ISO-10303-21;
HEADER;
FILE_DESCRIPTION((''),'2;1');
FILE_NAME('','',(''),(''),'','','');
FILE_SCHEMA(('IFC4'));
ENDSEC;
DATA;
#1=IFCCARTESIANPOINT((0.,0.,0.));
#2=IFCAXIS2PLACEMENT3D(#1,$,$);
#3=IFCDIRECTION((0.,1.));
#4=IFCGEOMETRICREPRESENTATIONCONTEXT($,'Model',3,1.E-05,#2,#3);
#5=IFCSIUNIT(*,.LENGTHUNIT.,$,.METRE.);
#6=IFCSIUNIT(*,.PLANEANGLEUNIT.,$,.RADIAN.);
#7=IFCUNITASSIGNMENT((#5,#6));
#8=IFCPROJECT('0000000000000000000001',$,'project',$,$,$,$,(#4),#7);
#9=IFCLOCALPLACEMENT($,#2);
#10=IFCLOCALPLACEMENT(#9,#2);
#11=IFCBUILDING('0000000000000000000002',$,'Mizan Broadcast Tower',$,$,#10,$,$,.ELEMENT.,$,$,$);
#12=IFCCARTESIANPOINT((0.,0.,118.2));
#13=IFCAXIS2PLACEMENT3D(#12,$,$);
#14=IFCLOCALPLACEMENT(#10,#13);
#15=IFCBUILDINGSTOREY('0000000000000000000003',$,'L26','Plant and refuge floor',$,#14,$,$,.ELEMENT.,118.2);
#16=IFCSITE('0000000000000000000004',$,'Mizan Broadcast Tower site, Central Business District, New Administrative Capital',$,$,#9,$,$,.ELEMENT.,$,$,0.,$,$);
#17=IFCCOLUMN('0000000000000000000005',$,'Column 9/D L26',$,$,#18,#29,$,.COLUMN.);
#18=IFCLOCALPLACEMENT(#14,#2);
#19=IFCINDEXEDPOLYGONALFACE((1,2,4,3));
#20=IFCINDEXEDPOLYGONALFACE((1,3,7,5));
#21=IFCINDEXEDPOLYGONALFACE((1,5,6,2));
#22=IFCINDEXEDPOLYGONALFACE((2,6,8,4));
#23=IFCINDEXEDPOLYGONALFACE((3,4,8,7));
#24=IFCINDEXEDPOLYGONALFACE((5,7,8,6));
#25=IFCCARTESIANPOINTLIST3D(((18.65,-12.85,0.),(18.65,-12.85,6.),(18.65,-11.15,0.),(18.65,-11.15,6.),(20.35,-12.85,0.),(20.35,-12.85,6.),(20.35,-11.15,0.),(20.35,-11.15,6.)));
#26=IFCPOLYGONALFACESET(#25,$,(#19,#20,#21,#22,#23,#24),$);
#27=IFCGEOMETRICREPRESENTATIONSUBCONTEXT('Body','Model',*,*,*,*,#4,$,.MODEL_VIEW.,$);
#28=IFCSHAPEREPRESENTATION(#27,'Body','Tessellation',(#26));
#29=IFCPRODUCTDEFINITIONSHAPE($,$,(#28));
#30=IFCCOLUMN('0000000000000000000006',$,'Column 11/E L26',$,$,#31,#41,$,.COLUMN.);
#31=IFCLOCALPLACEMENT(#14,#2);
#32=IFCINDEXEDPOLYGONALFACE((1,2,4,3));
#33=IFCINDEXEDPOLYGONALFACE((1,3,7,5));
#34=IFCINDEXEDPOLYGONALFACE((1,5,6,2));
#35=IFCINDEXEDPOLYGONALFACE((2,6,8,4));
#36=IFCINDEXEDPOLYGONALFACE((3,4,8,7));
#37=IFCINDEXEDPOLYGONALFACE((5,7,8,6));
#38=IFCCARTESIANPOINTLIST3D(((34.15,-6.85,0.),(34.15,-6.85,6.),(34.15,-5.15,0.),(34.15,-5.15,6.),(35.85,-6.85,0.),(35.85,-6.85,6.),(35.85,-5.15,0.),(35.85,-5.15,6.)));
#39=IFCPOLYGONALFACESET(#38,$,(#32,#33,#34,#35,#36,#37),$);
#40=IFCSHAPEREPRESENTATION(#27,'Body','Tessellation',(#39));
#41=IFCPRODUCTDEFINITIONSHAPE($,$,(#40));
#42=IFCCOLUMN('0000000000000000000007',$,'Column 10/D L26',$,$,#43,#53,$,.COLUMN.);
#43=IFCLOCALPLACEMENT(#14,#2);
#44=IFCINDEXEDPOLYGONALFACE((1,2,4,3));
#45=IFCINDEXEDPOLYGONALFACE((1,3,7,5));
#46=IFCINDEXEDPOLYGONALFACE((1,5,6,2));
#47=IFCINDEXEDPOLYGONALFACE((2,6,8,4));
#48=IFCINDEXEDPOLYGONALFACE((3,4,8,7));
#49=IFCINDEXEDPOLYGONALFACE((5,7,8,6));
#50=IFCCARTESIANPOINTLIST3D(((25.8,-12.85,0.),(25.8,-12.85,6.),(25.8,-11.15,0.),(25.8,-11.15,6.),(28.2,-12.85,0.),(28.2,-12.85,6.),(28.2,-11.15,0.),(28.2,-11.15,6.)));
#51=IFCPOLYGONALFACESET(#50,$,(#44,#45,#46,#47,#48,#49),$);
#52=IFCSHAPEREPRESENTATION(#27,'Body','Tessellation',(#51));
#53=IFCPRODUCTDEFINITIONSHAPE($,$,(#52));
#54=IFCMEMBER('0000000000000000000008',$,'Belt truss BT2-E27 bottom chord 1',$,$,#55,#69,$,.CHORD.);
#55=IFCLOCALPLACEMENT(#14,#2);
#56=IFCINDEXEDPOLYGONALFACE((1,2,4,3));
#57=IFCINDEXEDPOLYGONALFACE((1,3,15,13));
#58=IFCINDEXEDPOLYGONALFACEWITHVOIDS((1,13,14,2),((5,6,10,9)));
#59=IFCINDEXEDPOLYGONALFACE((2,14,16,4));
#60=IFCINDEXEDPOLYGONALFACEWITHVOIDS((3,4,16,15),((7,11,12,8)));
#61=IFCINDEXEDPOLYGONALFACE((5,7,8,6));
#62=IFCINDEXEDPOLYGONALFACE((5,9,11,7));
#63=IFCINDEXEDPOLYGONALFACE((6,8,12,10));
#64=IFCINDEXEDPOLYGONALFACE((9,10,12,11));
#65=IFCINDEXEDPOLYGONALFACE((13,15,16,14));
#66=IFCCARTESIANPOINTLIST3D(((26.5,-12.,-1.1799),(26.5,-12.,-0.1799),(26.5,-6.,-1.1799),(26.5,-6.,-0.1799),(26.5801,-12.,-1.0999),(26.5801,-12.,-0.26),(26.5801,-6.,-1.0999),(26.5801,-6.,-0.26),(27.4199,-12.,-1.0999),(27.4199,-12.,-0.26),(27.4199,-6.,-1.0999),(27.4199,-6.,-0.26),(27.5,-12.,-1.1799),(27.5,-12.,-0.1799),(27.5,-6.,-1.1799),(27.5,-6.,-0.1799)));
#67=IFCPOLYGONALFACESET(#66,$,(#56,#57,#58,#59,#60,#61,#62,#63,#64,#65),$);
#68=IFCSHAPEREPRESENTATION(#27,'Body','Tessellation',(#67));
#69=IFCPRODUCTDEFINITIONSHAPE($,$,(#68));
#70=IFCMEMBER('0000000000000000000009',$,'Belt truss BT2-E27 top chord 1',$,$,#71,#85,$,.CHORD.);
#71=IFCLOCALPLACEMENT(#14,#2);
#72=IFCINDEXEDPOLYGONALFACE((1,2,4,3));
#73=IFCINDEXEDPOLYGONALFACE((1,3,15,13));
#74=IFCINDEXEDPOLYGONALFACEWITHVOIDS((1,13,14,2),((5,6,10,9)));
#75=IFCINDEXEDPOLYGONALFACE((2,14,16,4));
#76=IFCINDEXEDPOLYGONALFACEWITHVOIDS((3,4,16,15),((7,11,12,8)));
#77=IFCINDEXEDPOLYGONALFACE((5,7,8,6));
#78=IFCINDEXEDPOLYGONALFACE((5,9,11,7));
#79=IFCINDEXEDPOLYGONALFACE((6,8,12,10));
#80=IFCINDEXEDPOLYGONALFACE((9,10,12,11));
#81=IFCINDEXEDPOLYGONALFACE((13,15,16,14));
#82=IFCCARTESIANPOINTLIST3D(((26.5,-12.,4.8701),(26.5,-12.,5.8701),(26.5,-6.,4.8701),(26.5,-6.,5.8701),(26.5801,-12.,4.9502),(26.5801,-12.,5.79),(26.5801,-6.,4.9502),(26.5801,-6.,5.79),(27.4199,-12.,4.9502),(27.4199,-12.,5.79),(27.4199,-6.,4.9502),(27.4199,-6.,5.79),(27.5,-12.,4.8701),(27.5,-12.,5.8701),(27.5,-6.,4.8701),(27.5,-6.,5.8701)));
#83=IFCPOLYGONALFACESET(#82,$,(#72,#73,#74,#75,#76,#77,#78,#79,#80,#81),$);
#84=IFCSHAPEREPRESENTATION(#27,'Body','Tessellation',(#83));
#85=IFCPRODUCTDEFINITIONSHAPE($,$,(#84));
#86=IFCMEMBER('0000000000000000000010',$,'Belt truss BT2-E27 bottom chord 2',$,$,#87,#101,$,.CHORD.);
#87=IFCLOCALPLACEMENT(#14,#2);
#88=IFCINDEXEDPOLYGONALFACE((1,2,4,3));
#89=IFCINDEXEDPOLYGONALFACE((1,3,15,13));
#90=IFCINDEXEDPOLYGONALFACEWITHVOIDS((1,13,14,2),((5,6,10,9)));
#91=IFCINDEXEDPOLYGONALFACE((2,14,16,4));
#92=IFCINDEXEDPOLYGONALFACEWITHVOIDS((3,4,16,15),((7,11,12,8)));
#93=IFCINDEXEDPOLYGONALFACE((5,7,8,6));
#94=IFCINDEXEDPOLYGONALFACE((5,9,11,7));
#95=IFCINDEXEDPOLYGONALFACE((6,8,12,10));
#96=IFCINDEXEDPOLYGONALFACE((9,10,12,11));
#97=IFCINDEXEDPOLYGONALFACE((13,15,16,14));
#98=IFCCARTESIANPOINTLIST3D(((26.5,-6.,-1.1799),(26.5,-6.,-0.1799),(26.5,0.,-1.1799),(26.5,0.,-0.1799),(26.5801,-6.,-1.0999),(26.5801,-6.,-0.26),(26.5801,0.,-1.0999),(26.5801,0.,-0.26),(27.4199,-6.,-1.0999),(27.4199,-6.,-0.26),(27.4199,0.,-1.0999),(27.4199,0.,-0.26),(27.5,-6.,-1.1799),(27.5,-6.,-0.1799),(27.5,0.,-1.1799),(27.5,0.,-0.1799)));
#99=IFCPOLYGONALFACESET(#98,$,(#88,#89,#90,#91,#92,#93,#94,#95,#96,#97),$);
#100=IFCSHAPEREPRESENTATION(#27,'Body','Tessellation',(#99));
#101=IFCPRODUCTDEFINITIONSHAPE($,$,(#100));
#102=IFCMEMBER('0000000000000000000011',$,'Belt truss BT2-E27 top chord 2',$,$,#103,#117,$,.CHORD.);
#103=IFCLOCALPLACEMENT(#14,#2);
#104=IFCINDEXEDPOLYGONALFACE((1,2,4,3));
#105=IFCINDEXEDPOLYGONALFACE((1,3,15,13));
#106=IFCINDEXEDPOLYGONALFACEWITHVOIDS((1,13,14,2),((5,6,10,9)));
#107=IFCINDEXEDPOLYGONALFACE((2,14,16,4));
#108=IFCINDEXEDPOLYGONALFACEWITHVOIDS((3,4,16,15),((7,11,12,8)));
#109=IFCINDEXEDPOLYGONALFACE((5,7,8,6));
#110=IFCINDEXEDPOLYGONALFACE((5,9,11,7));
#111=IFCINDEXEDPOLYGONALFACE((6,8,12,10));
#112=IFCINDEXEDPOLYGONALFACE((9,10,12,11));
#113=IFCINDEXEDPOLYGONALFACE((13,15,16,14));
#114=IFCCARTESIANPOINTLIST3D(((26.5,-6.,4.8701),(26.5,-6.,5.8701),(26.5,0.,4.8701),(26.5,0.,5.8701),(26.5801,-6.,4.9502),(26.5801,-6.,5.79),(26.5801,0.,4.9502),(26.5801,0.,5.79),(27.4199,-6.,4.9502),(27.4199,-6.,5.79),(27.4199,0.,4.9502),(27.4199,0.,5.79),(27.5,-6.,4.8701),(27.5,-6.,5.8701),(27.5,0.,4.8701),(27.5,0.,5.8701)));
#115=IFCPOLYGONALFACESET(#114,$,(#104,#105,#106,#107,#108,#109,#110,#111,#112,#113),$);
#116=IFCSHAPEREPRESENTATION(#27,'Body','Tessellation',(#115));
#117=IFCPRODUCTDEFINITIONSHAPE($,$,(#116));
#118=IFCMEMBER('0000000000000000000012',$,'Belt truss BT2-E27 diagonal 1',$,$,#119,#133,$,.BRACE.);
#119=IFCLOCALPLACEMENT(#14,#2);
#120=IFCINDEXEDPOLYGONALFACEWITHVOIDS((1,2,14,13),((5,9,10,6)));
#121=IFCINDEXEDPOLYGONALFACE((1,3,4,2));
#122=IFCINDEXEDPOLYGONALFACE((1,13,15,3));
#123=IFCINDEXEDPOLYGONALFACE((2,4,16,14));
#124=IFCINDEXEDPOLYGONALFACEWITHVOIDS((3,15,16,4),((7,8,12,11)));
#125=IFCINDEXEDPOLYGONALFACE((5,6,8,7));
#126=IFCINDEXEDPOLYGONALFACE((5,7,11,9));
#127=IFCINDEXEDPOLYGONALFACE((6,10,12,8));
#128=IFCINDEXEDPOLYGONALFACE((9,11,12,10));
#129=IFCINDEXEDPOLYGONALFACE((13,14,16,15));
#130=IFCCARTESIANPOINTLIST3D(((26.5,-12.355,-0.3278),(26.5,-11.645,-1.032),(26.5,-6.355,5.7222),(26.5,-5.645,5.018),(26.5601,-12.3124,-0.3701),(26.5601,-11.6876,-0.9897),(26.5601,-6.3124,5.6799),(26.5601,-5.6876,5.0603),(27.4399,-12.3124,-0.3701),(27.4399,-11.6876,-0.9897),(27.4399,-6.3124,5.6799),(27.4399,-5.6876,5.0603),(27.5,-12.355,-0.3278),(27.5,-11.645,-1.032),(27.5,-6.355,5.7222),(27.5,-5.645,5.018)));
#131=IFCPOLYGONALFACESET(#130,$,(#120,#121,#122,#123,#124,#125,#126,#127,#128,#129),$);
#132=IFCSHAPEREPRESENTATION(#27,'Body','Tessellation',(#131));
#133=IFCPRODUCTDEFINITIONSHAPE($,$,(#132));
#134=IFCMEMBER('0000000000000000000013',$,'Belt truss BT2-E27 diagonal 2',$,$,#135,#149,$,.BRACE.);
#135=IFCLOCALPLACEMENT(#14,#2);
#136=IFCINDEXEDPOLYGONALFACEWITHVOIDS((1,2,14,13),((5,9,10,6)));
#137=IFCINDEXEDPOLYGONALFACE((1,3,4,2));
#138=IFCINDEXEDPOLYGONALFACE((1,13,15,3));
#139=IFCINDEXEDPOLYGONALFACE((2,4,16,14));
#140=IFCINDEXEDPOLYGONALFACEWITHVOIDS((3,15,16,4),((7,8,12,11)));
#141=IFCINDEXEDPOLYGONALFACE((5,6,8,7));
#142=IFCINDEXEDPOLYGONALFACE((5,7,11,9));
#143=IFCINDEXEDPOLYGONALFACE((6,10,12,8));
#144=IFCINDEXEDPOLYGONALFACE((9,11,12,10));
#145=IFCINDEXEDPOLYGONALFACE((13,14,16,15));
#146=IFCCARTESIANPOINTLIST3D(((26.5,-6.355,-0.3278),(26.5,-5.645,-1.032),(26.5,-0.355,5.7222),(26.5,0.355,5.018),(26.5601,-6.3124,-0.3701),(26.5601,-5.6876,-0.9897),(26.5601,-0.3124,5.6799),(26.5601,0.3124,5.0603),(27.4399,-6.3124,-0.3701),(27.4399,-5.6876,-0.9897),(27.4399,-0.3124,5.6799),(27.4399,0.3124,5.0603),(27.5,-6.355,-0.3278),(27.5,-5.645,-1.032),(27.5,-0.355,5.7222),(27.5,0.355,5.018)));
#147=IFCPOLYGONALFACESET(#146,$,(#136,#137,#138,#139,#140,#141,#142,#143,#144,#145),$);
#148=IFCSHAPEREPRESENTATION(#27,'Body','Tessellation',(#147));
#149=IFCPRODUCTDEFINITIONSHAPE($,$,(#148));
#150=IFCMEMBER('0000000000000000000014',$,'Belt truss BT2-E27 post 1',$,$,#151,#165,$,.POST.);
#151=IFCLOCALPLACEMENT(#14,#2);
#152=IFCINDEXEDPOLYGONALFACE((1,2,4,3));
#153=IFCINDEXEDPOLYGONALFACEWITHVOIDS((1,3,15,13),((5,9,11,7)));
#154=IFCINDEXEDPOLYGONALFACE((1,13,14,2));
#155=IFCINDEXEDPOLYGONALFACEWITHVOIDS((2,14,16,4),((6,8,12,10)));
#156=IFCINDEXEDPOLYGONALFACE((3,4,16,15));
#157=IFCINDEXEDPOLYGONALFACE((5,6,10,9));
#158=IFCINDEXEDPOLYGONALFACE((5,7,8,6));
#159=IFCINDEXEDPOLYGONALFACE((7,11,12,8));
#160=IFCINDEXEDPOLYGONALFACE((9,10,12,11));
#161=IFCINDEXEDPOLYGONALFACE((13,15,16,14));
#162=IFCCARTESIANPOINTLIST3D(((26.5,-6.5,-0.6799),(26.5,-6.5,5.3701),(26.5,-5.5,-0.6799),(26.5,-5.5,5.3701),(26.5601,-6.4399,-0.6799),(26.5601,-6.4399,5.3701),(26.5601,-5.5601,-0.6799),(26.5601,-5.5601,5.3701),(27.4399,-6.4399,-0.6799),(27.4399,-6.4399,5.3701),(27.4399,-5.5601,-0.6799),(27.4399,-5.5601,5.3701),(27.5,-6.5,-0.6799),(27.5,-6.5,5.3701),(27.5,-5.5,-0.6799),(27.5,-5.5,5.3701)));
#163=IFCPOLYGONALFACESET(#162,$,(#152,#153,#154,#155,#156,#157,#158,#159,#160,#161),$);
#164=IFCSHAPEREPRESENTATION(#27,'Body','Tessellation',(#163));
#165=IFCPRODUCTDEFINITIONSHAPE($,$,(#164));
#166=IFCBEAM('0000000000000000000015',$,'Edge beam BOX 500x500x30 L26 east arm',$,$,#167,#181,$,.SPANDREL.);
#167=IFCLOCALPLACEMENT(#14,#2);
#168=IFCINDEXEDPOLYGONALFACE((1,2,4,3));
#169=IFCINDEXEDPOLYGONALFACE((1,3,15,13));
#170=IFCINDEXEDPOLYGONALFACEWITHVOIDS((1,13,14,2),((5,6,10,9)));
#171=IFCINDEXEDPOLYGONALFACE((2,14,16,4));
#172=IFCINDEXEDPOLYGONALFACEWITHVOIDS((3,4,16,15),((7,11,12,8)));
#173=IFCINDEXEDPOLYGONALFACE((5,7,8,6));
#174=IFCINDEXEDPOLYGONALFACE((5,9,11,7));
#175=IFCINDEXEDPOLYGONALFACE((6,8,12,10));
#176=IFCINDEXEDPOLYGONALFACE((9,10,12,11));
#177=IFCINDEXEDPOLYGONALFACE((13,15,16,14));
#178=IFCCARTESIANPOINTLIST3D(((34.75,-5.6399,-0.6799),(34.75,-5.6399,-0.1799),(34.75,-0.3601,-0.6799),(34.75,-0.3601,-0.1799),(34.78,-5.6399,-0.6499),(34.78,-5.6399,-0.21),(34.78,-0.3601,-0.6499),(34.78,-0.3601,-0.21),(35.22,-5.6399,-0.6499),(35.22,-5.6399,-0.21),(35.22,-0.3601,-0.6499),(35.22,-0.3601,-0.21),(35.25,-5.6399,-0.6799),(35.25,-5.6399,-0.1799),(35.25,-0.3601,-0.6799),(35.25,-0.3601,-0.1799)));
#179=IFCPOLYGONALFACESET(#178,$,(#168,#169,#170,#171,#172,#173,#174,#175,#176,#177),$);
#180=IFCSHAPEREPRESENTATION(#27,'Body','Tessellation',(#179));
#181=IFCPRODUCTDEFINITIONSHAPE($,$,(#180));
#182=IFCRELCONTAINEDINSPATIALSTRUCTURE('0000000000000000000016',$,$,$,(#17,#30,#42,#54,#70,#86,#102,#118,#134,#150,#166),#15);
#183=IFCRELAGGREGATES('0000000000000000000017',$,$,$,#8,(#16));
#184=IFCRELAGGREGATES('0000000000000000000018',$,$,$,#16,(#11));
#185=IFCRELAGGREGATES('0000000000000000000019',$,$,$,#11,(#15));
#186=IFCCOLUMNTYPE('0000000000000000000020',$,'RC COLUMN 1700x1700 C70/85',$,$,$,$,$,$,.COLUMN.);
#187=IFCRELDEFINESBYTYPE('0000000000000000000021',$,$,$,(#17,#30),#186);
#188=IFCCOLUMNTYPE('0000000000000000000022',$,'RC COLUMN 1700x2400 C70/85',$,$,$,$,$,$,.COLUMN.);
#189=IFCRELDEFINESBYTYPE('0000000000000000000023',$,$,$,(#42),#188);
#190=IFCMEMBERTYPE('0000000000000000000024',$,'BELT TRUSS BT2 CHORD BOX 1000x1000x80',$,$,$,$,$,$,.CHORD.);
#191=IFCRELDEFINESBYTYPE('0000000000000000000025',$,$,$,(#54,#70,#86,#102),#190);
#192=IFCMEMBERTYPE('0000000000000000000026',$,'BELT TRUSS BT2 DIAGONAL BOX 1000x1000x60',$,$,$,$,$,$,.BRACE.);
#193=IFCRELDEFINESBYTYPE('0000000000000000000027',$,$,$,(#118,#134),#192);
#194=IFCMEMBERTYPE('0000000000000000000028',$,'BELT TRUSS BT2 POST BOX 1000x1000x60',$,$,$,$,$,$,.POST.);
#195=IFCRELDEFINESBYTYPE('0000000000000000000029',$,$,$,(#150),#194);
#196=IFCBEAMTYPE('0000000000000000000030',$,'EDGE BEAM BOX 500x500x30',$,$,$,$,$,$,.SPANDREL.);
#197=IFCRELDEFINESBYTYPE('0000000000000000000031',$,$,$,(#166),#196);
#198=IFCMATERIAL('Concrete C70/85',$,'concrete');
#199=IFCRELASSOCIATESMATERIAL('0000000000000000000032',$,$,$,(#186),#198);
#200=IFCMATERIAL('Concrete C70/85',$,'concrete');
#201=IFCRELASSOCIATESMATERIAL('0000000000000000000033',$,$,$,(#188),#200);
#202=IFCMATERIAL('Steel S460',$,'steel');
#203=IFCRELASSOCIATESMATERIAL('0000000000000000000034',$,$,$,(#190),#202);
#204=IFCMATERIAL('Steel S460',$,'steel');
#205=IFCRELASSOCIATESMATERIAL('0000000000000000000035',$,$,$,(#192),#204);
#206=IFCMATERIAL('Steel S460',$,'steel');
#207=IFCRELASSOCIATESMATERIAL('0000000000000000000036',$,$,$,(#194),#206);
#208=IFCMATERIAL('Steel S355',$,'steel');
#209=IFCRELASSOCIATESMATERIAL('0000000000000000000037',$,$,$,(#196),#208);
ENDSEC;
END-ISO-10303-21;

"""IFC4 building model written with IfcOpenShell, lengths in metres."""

from ifc_helpers import new_model, si_unit, direction, frame, origin, origin_2d, place, context, subcontext, project, spatial, rectangle, hollow_rectangle, extrude, material, material_profile, profile_set, type_object, element, save


model = new_model("IFC4")

# Units and contexts
model_context = context("Model", 3, precision=1e-05, world=origin(), true_north=direction((0.0, 1.0)))
body_context = subcontext(model_context, "Body", "Model", "MODEL_VIEW")
ifc_project = project(units=[si_unit("LENGTHUNIT", "METRE"), si_unit("PLANEANGLEUNIT", "RADIAN")], contexts=[model_context])

# Site, building, storey
site_placement = place(None, origin())
site = spatial("IfcSite", under=ifc_project, at=site_placement, Name="Mizan Broadcast Tower site, Central Business District, New Administrative Capital", CompositionType="ELEMENT", RefElevation=0.0)
building_placement = place(site_placement, origin())
building = spatial("IfcBuilding", under=site, at=building_placement, Name="Mizan Broadcast Tower", CompositionType="ELEMENT")
storey_placement = place(building_placement, frame((0.0, 0.0, 118.2)))
storey = spatial("IfcBuildingStorey", under=building, at=storey_placement, Name="L26", Description="Plant and refuge floor", CompositionType="ELEMENT", Elevation=118.2)

# Columns
ifc_material_1 = material(Name="Concrete C70/85", Category="concrete")
ifc_material_profile_1 = material_profile(ifc_material_1, rectangle(XDim=1.7, YDim=1.7, at=origin_2d()), Name="RC 1700x1700")
ifc_profile_set_1 = profile_set([ifc_material_profile_1], Name="Concrete C70/85")
column_type_1 = type_object("IfcColumnType", Name="RC COLUMN 1700x1700 C70/85", PredefinedType="COLUMN", material=ifc_profile_set_1)
for number, where, z_axis, x_axis, name in (
    (1, (19.5, -12.0, 0.0), (0.0, 0.0, 1.0), (1.0, 0.0, 0.0), "Column 9/D L26"),
    (2, (35.0, -6.0, 0.0), (0.0, 0.0, 1.0), (1.0, 0.0, 0.0), "Column 11/E L26"),
):
    element("IfcColumn", number, at=place(storey_placement, frame(where, z_axis=z_axis, x_axis=x_axis)), inside=storey, type_object=column_type_1, Name=name, PredefinedType="COLUMN", context=body_context, shape_type="SweptSolid", body=[
        extrude(rectangle(XDim=1.7, YDim=1.7, at=origin_2d()), origin(), (0.0, 0.0, 1.0), 6.0),
    ])
ifc_material_2 = material(Name="Concrete C70/85", Category="concrete")
ifc_material_profile_2 = material_profile(ifc_material_2, rectangle(XDim=1.7, YDim=2.3999, at=origin_2d()), Name="RC 1700x2400")
ifc_profile_set_2 = profile_set([ifc_material_profile_2], Name="Concrete C70/85")
column_type_2 = type_object("IfcColumnType", Name="RC COLUMN 1700x2400 C70/85", PredefinedType="COLUMN", material=ifc_profile_set_2)
column_placement = place(storey_placement, frame((27.0, -12.0, 0.0), z_axis=(0.0, 0.0, 1.0), x_axis=(0.0, 1.0, 0.0)))
element("IfcColumn", 3, at=column_placement, inside=storey, type_object=column_type_2, Name="Column 10/D L26", PredefinedType="COLUMN", context=body_context, shape_type="SweptSolid", body=[
    extrude(rectangle(XDim=1.7, YDim=2.3999, at=origin_2d()), origin(), (0.0, 0.0, 1.0), 6.0),
])

# Members
ifc_material_3 = material(Name="Steel S460", Category="steel")
ifc_material_profile_3 = material_profile(ifc_material_3, hollow_rectangle(XDim=1.0, YDim=1.0, WallThickness=0.0801, at=origin_2d()), Name="BOX 1000x1000x80")
ifc_profile_set_3 = profile_set([ifc_material_profile_3], Name="Steel S460")
member_type_1 = type_object("IfcMemberType", Name="BELT TRUSS BT2 CHORD BOX 1000x1000x80", PredefinedType="CHORD", material=ifc_profile_set_3)
for number, where, z_axis, x_axis, name in (
    (4, (27.0, -12.0, -0.6799), (0.0, 1.0, 0.0), (-1.0, 0.0, 0.0), "Belt truss BT2-E27 bottom chord 1"),
    (5, (27.0, -12.0, 5.3701), (0.0, 1.0, 0.0), (-1.0, 0.0, 0.0), "Belt truss BT2-E27 top chord 1"),
    (6, (27.0, -6.0, -0.6799), (0.0, 1.0, 0.0), (-1.0, 0.0, 0.0), "Belt truss BT2-E27 bottom chord 2"),
    (7, (27.0, -6.0, 5.3701), (0.0, 1.0, 0.0), (-1.0, 0.0, 0.0), "Belt truss BT2-E27 top chord 2"),
):
    element("IfcMember", number, at=place(storey_placement, frame(where, z_axis=z_axis, x_axis=x_axis)), inside=storey, type_object=member_type_1, Name=name, PredefinedType="CHORD", context=body_context, shape_type="SweptSolid", body=[
        extrude(hollow_rectangle(XDim=1.0, YDim=1.0, WallThickness=0.0801, at=origin_2d()), origin(), (0.0, 0.0, 1.0), 6.0),
    ])
ifc_material_4 = material(Name="Steel S460", Category="steel")
ifc_material_profile_4 = material_profile(ifc_material_4, hollow_rectangle(XDim=1.0, YDim=1.0, WallThickness=0.0601, at=origin_2d()), Name="BOX 1000x1000x60")
ifc_profile_set_4 = profile_set([ifc_material_profile_4], Name="Steel S460")
member_type_2 = type_object("IfcMemberType", Name="BELT TRUSS BT2 DIAGONAL BOX 1000x1000x60", PredefinedType="BRACE", material=ifc_profile_set_4)
for number, where, z_axis, x_axis, name in (
    (8, (27.0, -12.0, -0.6799), (0.0, 0.704164, 0.710038), (-1.0, 0.0, 0.0), "Belt truss BT2-E27 diagonal 1"),
    (9, (27.0, -6.0, -0.6799), (0.0, 0.704164, 0.710038), (-1.0, 0.0, 0.0), "Belt truss BT2-E27 diagonal 2"),
):
    element("IfcMember", number, at=place(storey_placement, frame(where, z_axis=z_axis, x_axis=x_axis)), inside=storey, type_object=member_type_2, Name=name, PredefinedType="BRACE", context=body_context, shape_type="SweptSolid", body=[
        extrude(hollow_rectangle(XDim=1.0, YDim=1.0, WallThickness=0.0601, at=origin_2d()), origin(), (0.0, 0.0, 1.0), 8.5208),
    ])
ifc_material_5 = material(Name="Steel S460", Category="steel")
ifc_material_profile_5 = material_profile(ifc_material_5, hollow_rectangle(XDim=1.0, YDim=1.0, WallThickness=0.0601, at=origin_2d()), Name="BOX 1000x1000x60")
ifc_profile_set_5 = profile_set([ifc_material_profile_5], Name="Steel S460")
member_type_3 = type_object("IfcMemberType", Name="BELT TRUSS BT2 POST BOX 1000x1000x60", PredefinedType="POST", material=ifc_profile_set_5)
member_1_placement = place(storey_placement, frame((27.0, -6.0, -0.6799), z_axis=(0.0, 0.0, 1.0), x_axis=(1.0, 0.0, 0.0)))
element("IfcMember", 10, at=member_1_placement, inside=storey, type_object=member_type_3, Name="Belt truss BT2-E27 post 1", PredefinedType="POST", context=body_context, shape_type="SweptSolid", body=[
    extrude(hollow_rectangle(XDim=1.0, YDim=1.0, WallThickness=0.0601, at=origin_2d()), origin(), (0.0, 0.0, 1.0), 6.05),
])

# Beam
ifc_material_6 = material(Name="Steel S355", Category="steel")
ifc_material_profile_6 = material_profile(ifc_material_6, hollow_rectangle(XDim=0.5, YDim=0.5, WallThickness=0.03, at=origin_2d()), Name="BOX 500x500x30")
ifc_profile_set_6 = profile_set([ifc_material_profile_6], Name="Steel S355")
beam_type_1 = type_object("IfcBeamType", Name="EDGE BEAM BOX 500x500x30", PredefinedType="SPANDREL", material=ifc_profile_set_6)
beam_1_placement = place(storey_placement, frame((35.0, -5.6399, -0.4299), z_axis=(0.0, 1.0, 0.0), x_axis=(-1.0, 0.0, 0.0)))
element("IfcBeam", 11, at=beam_1_placement, inside=storey, type_object=beam_type_1, Name="Edge beam BOX 500x500x30 L26 east arm", PredefinedType="SPANDREL", context=body_context, shape_type="SweptSolid", body=[
    extrude(hollow_rectangle(XDim=0.5, YDim=0.5, WallThickness=0.03, at=origin_2d()), origin(), (0.0, 0.0, 1.0), 5.2798),
])

save(model, "model.ifc")
